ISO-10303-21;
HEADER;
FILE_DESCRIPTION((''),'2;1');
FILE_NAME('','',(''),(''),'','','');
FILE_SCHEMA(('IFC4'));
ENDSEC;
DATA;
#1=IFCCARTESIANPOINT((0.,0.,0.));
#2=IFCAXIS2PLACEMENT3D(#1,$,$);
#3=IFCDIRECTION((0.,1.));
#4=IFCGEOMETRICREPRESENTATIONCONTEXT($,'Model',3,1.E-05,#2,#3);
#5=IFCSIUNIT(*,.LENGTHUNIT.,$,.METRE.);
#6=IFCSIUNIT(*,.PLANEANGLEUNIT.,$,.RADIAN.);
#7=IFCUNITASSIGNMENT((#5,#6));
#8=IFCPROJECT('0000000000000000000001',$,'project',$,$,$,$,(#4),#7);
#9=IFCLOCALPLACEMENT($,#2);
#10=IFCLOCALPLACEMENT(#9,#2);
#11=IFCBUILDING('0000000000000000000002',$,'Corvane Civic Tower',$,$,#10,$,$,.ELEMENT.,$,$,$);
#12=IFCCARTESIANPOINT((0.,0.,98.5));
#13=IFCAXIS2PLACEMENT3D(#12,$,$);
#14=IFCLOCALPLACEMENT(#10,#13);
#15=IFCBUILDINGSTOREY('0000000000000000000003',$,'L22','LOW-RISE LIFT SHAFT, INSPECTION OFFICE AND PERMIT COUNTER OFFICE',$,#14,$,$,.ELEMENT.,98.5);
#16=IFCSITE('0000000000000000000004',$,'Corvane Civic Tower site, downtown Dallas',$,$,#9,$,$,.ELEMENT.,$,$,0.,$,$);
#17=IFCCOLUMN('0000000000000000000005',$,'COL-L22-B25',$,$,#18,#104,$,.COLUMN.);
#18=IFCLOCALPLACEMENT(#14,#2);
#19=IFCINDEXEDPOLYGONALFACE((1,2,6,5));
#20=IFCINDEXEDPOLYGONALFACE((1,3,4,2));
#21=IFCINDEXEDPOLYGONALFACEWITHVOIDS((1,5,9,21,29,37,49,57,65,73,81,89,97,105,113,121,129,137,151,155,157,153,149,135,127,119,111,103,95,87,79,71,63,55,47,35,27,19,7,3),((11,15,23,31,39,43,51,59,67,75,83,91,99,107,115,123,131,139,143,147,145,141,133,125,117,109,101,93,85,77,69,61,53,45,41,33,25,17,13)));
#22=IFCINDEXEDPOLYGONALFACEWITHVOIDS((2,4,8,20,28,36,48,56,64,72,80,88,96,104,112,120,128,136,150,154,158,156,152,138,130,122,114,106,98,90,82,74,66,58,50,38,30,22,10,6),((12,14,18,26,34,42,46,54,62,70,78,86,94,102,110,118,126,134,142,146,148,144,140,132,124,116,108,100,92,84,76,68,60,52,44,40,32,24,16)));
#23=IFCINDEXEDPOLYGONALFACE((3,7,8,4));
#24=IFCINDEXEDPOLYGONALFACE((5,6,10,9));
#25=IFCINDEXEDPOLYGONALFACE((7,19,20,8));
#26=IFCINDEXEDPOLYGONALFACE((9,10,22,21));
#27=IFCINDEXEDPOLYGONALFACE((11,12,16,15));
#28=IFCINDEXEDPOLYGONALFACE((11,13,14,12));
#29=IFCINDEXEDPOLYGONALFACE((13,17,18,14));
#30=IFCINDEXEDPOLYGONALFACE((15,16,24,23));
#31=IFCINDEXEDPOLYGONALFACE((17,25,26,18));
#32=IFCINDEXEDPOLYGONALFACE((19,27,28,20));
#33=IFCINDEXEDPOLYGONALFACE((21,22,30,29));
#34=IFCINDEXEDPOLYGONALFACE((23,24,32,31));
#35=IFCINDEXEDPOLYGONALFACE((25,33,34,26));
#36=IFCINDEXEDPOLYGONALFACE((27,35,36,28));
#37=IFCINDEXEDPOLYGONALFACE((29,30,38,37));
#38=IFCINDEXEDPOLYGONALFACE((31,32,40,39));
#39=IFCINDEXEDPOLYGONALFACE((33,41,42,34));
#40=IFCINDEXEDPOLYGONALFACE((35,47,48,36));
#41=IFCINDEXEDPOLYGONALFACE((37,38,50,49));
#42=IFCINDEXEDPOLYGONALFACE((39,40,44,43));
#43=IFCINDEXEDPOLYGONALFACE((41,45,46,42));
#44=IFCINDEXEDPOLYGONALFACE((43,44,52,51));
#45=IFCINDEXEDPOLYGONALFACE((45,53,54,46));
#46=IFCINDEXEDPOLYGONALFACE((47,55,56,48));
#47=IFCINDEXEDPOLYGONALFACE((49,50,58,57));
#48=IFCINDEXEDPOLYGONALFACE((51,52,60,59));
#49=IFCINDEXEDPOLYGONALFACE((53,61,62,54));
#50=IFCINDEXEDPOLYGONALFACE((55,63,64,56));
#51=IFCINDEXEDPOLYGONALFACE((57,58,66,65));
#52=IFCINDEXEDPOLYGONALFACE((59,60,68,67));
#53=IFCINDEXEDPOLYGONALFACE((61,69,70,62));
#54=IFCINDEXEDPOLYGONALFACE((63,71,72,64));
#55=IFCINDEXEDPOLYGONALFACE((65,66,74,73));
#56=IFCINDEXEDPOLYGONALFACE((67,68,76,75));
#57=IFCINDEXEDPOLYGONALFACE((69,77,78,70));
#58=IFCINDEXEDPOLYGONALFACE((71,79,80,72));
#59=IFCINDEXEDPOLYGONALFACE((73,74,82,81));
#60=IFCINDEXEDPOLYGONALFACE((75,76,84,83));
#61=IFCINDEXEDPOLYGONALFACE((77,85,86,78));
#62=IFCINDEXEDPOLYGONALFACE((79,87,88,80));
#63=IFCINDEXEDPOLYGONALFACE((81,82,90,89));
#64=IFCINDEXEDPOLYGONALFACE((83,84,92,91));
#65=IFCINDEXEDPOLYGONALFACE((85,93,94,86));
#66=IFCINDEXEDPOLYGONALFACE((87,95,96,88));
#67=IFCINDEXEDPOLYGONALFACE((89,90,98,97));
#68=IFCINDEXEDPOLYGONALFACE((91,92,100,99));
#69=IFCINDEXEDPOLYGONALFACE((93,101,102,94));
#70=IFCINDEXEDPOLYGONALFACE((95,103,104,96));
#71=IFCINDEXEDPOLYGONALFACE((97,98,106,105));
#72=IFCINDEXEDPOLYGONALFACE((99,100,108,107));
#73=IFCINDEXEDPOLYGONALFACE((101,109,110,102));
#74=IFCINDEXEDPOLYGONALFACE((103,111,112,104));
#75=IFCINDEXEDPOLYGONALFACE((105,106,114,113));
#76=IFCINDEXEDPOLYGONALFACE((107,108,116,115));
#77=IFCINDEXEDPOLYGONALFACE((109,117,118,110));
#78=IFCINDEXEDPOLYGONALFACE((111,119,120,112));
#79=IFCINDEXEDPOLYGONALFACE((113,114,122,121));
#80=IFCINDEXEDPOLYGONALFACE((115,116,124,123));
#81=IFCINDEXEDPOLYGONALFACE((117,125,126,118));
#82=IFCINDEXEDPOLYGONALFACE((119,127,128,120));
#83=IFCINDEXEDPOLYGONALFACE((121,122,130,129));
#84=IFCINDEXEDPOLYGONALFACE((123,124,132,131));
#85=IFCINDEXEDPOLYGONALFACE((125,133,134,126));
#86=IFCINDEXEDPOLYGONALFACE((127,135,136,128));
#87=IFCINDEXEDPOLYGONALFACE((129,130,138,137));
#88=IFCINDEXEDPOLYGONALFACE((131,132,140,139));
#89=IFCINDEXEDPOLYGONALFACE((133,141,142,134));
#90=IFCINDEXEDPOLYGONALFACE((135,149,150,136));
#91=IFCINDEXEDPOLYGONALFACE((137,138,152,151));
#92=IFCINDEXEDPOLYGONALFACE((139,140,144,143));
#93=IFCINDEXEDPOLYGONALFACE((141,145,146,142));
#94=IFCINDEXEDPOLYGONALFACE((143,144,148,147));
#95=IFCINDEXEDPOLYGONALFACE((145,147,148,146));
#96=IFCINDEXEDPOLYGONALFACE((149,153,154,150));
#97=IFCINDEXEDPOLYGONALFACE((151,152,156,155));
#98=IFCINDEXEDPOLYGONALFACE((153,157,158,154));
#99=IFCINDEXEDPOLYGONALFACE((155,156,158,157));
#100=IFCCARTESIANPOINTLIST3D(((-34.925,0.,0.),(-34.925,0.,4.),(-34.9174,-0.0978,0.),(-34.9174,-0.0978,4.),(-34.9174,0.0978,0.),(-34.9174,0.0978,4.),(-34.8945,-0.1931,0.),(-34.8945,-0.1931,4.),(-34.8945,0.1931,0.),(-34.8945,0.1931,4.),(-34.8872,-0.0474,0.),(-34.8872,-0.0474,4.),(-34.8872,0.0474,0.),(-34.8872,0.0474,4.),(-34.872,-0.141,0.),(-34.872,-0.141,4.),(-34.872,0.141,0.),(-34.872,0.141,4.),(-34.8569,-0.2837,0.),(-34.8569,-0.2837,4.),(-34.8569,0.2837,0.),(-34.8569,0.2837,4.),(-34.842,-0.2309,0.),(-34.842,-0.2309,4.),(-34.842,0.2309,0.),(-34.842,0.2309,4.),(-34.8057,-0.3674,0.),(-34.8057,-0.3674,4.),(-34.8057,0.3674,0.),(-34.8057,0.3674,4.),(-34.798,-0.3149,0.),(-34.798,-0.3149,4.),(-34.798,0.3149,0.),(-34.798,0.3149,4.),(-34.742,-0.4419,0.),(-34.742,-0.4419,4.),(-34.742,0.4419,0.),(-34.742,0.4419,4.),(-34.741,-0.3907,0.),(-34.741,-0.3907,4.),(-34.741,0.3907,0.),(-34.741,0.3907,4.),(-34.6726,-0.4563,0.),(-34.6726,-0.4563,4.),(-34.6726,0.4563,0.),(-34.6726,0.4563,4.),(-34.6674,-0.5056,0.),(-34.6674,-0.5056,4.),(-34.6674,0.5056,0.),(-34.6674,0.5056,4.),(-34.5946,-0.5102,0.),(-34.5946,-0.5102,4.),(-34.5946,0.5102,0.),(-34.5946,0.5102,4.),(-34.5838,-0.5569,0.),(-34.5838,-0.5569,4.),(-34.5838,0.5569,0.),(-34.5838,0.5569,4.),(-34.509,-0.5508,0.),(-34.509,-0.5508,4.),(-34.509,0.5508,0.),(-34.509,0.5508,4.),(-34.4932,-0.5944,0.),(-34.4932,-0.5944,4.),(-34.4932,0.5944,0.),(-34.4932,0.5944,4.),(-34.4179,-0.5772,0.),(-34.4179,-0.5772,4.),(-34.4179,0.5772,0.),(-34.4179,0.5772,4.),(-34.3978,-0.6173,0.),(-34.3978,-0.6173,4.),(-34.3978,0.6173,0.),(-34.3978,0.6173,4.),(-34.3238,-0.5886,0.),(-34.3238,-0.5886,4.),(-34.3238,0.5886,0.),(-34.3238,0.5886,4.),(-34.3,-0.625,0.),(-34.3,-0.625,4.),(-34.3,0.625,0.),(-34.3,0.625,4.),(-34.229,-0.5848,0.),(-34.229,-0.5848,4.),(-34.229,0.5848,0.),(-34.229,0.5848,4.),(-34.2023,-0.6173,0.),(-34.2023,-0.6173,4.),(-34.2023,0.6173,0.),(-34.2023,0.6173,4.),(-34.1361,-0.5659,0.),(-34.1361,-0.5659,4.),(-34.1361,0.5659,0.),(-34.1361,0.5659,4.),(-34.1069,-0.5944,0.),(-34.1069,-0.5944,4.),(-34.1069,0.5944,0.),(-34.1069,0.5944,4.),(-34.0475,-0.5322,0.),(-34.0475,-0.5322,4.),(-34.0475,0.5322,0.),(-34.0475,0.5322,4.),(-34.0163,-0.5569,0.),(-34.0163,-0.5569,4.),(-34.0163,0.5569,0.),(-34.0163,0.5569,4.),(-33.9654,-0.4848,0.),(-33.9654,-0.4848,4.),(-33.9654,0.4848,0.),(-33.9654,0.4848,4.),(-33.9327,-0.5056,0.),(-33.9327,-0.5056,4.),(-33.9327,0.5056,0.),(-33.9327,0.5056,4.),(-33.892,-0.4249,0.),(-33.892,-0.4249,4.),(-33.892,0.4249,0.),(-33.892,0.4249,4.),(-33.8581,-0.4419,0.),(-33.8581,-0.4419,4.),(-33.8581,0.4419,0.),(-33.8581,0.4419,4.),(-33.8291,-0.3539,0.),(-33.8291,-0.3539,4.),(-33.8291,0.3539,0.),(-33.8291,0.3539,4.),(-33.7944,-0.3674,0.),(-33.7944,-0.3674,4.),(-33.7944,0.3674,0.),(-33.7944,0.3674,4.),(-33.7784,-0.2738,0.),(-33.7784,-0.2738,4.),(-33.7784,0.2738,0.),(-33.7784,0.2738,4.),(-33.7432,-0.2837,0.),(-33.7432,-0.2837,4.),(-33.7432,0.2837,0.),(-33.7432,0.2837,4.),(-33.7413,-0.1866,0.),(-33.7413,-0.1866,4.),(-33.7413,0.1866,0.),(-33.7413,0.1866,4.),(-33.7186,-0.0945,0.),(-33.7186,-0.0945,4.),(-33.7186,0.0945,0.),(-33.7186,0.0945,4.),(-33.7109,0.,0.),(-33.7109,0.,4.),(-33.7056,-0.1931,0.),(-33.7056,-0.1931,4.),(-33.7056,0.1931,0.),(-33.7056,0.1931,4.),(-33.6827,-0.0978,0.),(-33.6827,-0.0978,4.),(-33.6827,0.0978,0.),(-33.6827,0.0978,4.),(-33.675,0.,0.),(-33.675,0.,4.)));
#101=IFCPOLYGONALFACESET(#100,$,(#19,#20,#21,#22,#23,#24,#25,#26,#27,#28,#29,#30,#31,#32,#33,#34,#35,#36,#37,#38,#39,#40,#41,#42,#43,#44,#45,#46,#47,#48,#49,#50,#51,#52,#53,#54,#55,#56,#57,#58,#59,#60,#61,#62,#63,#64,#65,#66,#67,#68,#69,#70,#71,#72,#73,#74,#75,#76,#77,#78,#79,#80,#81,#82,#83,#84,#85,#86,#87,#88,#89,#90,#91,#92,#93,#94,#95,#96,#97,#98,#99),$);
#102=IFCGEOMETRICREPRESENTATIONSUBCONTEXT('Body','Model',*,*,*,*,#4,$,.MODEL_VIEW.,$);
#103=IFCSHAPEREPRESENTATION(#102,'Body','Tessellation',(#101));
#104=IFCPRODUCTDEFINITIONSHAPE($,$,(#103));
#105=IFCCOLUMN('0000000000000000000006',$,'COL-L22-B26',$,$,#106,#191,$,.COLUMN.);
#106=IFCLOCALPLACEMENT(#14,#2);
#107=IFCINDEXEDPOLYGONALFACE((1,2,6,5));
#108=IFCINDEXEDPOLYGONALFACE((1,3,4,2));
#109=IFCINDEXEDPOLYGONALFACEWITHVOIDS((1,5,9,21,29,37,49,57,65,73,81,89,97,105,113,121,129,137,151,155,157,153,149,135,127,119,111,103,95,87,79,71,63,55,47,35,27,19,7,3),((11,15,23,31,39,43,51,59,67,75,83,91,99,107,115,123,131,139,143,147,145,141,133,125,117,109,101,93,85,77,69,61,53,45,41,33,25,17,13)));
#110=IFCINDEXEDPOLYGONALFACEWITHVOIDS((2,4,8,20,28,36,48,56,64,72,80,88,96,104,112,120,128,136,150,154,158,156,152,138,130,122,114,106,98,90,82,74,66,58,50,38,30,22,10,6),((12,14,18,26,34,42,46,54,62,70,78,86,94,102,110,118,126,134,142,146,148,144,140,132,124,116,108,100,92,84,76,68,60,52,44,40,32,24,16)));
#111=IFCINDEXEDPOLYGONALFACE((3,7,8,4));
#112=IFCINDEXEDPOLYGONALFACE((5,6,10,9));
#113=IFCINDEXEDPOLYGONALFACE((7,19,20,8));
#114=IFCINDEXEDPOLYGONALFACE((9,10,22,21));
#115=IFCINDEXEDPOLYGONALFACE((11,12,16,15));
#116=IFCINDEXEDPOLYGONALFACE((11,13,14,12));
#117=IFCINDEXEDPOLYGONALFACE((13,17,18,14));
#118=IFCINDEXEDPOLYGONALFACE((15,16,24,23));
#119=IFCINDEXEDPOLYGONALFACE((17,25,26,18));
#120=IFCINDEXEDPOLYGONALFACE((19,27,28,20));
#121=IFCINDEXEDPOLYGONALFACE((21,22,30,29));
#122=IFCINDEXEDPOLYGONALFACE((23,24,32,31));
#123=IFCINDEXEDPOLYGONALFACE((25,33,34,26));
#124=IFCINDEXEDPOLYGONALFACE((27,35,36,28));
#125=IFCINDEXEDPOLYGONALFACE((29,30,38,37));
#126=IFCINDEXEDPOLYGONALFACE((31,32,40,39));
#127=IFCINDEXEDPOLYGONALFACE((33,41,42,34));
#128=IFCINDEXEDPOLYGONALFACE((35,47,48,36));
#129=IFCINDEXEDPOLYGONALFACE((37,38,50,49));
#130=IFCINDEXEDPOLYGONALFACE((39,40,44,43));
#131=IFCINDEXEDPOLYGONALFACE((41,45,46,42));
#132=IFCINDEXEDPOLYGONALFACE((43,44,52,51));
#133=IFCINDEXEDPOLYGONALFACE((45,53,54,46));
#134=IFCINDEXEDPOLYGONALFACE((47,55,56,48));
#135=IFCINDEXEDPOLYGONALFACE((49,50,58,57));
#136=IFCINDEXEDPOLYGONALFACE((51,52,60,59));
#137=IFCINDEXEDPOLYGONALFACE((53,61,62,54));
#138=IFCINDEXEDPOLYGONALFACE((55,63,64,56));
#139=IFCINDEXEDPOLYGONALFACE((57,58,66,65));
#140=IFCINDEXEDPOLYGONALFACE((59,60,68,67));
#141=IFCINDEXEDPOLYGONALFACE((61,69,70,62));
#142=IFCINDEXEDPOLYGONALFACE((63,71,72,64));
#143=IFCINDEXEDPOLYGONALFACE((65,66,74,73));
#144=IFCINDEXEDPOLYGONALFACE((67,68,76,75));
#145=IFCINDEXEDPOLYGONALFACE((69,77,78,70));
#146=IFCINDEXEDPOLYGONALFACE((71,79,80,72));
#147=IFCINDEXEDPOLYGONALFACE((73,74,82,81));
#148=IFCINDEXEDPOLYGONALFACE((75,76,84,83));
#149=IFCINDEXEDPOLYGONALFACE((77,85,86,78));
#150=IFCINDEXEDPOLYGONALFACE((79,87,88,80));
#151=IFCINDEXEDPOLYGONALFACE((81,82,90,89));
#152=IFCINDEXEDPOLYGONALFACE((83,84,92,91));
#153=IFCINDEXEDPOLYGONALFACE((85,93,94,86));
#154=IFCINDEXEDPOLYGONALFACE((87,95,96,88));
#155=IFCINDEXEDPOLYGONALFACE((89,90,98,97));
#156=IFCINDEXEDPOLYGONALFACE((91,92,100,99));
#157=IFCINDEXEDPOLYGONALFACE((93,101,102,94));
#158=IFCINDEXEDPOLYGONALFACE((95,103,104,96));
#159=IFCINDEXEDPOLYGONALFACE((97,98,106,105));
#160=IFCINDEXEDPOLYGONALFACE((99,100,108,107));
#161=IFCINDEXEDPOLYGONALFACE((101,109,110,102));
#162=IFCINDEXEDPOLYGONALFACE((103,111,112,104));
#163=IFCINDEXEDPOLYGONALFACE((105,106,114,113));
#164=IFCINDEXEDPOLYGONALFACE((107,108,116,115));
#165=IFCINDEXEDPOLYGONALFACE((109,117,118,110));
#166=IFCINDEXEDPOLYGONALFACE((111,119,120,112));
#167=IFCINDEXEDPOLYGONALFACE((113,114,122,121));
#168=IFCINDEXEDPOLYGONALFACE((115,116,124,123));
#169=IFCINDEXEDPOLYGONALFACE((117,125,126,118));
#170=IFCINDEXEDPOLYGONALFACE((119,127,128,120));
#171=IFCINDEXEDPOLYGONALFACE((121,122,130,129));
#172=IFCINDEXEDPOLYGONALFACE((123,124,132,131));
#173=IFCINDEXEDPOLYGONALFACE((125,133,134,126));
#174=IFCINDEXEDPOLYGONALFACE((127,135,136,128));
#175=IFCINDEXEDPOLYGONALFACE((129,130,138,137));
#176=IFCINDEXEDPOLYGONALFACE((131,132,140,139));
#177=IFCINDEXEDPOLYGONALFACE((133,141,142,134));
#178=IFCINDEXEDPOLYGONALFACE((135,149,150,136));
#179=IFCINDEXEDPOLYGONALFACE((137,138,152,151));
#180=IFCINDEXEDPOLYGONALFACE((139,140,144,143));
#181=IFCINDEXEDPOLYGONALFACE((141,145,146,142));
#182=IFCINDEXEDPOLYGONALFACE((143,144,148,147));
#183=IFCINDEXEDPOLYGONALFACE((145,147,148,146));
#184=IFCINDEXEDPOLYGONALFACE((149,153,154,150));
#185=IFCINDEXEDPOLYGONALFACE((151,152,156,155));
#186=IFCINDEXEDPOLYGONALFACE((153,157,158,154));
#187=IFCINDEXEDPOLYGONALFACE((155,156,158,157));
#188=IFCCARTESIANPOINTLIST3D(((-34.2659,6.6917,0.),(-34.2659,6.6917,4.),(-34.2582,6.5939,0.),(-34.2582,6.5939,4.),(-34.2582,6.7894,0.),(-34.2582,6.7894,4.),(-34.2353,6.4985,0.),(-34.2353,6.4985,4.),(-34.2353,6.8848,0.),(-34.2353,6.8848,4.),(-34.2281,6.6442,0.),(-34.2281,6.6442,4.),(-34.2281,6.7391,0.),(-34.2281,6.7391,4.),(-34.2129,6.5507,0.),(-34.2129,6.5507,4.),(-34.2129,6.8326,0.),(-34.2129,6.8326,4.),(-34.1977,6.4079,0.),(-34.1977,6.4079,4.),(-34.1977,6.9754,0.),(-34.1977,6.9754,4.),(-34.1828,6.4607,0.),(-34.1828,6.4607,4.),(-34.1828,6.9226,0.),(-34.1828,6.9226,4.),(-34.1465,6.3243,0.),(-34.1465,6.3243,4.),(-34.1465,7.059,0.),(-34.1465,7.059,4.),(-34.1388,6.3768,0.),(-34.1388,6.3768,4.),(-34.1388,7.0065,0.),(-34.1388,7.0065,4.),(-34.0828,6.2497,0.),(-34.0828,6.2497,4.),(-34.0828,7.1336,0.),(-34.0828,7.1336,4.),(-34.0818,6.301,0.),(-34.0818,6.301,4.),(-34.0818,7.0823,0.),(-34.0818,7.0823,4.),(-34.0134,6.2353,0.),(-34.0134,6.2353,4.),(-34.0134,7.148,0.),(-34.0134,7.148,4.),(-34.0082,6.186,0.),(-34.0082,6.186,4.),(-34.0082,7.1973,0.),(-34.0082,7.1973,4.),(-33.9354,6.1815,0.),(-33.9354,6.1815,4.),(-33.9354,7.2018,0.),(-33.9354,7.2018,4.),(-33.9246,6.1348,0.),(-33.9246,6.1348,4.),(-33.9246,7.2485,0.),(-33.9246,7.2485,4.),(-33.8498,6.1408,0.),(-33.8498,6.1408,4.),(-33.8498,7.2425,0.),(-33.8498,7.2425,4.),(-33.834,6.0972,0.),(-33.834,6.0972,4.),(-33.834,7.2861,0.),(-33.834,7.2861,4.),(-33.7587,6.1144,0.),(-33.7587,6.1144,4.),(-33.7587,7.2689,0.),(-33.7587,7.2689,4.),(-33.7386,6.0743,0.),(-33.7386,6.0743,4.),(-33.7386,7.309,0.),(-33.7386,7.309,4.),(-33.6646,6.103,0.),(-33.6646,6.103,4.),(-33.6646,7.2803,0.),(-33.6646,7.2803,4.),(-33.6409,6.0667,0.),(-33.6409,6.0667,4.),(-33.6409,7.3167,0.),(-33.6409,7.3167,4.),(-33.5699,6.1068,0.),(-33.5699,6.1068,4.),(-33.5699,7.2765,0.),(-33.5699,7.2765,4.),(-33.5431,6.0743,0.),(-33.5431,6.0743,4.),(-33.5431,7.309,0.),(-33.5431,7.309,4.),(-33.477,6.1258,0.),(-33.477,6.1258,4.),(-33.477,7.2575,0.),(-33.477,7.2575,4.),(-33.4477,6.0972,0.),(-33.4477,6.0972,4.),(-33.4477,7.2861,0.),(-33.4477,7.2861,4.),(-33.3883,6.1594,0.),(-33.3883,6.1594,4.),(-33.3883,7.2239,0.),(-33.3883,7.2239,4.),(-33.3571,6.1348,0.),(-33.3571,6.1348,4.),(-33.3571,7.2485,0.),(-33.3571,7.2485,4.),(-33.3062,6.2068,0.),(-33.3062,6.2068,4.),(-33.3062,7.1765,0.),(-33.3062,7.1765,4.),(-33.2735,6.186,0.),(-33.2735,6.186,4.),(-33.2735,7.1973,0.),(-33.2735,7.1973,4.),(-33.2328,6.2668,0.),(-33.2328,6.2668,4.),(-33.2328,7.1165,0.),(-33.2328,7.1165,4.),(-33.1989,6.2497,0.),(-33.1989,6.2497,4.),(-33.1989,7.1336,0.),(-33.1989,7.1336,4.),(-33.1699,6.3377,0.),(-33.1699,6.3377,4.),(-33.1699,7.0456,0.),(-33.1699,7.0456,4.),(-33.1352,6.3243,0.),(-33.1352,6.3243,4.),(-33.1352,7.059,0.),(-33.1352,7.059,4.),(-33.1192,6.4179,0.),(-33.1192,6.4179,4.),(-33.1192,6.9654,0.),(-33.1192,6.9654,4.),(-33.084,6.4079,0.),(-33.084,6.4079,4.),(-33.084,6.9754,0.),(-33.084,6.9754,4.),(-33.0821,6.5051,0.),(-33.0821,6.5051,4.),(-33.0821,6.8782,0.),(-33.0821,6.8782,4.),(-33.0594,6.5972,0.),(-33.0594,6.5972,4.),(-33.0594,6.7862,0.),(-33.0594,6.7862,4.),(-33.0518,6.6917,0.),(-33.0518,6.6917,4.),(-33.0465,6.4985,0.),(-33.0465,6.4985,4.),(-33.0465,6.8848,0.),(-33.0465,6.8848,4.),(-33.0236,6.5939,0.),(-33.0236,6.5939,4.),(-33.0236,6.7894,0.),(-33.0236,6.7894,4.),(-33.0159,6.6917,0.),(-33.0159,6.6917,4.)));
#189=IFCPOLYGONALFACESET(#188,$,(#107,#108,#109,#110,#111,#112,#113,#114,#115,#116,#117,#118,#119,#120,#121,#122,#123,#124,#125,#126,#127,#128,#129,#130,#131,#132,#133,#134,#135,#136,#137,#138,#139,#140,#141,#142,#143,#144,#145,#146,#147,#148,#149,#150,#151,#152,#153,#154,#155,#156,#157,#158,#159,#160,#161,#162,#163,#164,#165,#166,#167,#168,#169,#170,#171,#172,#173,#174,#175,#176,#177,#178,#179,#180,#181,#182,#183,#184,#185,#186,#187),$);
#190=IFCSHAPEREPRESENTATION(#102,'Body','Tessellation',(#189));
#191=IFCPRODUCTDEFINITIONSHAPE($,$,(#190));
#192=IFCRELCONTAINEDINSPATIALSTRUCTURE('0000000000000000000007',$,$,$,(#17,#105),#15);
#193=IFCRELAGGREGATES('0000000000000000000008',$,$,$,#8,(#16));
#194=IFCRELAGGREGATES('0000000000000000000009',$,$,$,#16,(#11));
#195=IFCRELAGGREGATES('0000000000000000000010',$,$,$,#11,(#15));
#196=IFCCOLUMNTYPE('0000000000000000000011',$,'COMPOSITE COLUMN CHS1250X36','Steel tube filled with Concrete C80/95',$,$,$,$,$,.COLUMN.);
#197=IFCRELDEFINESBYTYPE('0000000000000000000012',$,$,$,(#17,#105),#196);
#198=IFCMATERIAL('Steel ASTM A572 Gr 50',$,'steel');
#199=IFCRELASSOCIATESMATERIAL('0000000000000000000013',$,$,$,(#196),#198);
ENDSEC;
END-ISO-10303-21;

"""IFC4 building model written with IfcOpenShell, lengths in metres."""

from ifc_helpers import new_model, si_unit, direction, frame, origin, origin_2d, place, context, subcontext, project, spatial, hollow_circle, extrude, material, material_profile, profile_set, type_object, element, save


model = new_model("IFC4")

# Units and contexts
model_context = context("Model", 3, precision=1e-05, world=origin(), true_north=direction((0.0, 1.0)))
body_context = subcontext(model_context, "Body", "Model", "MODEL_VIEW")
ifc_project = project(units=[si_unit("LENGTHUNIT", "METRE"), si_unit("PLANEANGLEUNIT", "RADIAN")], contexts=[model_context])

# Site, building, storey
site_placement = place(None, origin())
site = spatial("IfcSite", under=ifc_project, at=site_placement, Name="Corvane Civic Tower site, downtown Dallas", CompositionType="ELEMENT", RefElevation=0.0)
building_placement = place(site_placement, origin())
building = spatial("IfcBuilding", under=site, at=building_placement, Name="Corvane Civic Tower", CompositionType="ELEMENT")
storey_placement = place(building_placement, frame((0.0, 0.0, 98.5)))
storey = spatial("IfcBuildingStorey", under=building, at=storey_placement, Name="L22", Description="LOW-RISE LIFT SHAFT, INSPECTION OFFICE AND PERMIT COUNTER OFFICE", CompositionType="ELEMENT", Elevation=98.5)

# Columns
ifc_material_1 = material(Name="Steel ASTM A572 Gr 50", Category="steel")
ifc_material_profile_1 = material_profile(ifc_material_1, hollow_circle(Radius=0.625, WallThickness=0.0359, at=origin_2d()), Name="CHS1250X36")
ifc_profile_set_1 = profile_set([ifc_material_profile_1], Name="Steel ASTM A572 Gr 50")
column_type = type_object("IfcColumnType", Name="COMPOSITE COLUMN CHS1250X36", Description="Steel tube filled with Concrete C80/95", PredefinedType="COLUMN", material=ifc_profile_set_1)
for number, where, z_axis, x_axis, name in (
    (1, (-34.3, 0.0, 0.0), (0.0, 0.0, 1.0), (1.0, 0.0, 0.0), "COL-L22-B25"),
    (2, (-33.6409, 6.6917, 0.0), (0.0, 0.0, 1.0), (1.0, 0.0, 0.0), "COL-L22-B26"),
):
    element("IfcColumn", number, at=place(storey_placement, frame(where, z_axis=z_axis, x_axis=x_axis)), inside=storey, type_object=column_type, Name=name, PredefinedType="COLUMN", context=body_context, shape_type="SweptSolid", body=[
        extrude(hollow_circle(Radius=0.625, WallThickness=0.0359, at=origin_2d()), origin(), (0.0, 0.0, 1.0), 4.0),
    ])

save(model, "model.ifc")
